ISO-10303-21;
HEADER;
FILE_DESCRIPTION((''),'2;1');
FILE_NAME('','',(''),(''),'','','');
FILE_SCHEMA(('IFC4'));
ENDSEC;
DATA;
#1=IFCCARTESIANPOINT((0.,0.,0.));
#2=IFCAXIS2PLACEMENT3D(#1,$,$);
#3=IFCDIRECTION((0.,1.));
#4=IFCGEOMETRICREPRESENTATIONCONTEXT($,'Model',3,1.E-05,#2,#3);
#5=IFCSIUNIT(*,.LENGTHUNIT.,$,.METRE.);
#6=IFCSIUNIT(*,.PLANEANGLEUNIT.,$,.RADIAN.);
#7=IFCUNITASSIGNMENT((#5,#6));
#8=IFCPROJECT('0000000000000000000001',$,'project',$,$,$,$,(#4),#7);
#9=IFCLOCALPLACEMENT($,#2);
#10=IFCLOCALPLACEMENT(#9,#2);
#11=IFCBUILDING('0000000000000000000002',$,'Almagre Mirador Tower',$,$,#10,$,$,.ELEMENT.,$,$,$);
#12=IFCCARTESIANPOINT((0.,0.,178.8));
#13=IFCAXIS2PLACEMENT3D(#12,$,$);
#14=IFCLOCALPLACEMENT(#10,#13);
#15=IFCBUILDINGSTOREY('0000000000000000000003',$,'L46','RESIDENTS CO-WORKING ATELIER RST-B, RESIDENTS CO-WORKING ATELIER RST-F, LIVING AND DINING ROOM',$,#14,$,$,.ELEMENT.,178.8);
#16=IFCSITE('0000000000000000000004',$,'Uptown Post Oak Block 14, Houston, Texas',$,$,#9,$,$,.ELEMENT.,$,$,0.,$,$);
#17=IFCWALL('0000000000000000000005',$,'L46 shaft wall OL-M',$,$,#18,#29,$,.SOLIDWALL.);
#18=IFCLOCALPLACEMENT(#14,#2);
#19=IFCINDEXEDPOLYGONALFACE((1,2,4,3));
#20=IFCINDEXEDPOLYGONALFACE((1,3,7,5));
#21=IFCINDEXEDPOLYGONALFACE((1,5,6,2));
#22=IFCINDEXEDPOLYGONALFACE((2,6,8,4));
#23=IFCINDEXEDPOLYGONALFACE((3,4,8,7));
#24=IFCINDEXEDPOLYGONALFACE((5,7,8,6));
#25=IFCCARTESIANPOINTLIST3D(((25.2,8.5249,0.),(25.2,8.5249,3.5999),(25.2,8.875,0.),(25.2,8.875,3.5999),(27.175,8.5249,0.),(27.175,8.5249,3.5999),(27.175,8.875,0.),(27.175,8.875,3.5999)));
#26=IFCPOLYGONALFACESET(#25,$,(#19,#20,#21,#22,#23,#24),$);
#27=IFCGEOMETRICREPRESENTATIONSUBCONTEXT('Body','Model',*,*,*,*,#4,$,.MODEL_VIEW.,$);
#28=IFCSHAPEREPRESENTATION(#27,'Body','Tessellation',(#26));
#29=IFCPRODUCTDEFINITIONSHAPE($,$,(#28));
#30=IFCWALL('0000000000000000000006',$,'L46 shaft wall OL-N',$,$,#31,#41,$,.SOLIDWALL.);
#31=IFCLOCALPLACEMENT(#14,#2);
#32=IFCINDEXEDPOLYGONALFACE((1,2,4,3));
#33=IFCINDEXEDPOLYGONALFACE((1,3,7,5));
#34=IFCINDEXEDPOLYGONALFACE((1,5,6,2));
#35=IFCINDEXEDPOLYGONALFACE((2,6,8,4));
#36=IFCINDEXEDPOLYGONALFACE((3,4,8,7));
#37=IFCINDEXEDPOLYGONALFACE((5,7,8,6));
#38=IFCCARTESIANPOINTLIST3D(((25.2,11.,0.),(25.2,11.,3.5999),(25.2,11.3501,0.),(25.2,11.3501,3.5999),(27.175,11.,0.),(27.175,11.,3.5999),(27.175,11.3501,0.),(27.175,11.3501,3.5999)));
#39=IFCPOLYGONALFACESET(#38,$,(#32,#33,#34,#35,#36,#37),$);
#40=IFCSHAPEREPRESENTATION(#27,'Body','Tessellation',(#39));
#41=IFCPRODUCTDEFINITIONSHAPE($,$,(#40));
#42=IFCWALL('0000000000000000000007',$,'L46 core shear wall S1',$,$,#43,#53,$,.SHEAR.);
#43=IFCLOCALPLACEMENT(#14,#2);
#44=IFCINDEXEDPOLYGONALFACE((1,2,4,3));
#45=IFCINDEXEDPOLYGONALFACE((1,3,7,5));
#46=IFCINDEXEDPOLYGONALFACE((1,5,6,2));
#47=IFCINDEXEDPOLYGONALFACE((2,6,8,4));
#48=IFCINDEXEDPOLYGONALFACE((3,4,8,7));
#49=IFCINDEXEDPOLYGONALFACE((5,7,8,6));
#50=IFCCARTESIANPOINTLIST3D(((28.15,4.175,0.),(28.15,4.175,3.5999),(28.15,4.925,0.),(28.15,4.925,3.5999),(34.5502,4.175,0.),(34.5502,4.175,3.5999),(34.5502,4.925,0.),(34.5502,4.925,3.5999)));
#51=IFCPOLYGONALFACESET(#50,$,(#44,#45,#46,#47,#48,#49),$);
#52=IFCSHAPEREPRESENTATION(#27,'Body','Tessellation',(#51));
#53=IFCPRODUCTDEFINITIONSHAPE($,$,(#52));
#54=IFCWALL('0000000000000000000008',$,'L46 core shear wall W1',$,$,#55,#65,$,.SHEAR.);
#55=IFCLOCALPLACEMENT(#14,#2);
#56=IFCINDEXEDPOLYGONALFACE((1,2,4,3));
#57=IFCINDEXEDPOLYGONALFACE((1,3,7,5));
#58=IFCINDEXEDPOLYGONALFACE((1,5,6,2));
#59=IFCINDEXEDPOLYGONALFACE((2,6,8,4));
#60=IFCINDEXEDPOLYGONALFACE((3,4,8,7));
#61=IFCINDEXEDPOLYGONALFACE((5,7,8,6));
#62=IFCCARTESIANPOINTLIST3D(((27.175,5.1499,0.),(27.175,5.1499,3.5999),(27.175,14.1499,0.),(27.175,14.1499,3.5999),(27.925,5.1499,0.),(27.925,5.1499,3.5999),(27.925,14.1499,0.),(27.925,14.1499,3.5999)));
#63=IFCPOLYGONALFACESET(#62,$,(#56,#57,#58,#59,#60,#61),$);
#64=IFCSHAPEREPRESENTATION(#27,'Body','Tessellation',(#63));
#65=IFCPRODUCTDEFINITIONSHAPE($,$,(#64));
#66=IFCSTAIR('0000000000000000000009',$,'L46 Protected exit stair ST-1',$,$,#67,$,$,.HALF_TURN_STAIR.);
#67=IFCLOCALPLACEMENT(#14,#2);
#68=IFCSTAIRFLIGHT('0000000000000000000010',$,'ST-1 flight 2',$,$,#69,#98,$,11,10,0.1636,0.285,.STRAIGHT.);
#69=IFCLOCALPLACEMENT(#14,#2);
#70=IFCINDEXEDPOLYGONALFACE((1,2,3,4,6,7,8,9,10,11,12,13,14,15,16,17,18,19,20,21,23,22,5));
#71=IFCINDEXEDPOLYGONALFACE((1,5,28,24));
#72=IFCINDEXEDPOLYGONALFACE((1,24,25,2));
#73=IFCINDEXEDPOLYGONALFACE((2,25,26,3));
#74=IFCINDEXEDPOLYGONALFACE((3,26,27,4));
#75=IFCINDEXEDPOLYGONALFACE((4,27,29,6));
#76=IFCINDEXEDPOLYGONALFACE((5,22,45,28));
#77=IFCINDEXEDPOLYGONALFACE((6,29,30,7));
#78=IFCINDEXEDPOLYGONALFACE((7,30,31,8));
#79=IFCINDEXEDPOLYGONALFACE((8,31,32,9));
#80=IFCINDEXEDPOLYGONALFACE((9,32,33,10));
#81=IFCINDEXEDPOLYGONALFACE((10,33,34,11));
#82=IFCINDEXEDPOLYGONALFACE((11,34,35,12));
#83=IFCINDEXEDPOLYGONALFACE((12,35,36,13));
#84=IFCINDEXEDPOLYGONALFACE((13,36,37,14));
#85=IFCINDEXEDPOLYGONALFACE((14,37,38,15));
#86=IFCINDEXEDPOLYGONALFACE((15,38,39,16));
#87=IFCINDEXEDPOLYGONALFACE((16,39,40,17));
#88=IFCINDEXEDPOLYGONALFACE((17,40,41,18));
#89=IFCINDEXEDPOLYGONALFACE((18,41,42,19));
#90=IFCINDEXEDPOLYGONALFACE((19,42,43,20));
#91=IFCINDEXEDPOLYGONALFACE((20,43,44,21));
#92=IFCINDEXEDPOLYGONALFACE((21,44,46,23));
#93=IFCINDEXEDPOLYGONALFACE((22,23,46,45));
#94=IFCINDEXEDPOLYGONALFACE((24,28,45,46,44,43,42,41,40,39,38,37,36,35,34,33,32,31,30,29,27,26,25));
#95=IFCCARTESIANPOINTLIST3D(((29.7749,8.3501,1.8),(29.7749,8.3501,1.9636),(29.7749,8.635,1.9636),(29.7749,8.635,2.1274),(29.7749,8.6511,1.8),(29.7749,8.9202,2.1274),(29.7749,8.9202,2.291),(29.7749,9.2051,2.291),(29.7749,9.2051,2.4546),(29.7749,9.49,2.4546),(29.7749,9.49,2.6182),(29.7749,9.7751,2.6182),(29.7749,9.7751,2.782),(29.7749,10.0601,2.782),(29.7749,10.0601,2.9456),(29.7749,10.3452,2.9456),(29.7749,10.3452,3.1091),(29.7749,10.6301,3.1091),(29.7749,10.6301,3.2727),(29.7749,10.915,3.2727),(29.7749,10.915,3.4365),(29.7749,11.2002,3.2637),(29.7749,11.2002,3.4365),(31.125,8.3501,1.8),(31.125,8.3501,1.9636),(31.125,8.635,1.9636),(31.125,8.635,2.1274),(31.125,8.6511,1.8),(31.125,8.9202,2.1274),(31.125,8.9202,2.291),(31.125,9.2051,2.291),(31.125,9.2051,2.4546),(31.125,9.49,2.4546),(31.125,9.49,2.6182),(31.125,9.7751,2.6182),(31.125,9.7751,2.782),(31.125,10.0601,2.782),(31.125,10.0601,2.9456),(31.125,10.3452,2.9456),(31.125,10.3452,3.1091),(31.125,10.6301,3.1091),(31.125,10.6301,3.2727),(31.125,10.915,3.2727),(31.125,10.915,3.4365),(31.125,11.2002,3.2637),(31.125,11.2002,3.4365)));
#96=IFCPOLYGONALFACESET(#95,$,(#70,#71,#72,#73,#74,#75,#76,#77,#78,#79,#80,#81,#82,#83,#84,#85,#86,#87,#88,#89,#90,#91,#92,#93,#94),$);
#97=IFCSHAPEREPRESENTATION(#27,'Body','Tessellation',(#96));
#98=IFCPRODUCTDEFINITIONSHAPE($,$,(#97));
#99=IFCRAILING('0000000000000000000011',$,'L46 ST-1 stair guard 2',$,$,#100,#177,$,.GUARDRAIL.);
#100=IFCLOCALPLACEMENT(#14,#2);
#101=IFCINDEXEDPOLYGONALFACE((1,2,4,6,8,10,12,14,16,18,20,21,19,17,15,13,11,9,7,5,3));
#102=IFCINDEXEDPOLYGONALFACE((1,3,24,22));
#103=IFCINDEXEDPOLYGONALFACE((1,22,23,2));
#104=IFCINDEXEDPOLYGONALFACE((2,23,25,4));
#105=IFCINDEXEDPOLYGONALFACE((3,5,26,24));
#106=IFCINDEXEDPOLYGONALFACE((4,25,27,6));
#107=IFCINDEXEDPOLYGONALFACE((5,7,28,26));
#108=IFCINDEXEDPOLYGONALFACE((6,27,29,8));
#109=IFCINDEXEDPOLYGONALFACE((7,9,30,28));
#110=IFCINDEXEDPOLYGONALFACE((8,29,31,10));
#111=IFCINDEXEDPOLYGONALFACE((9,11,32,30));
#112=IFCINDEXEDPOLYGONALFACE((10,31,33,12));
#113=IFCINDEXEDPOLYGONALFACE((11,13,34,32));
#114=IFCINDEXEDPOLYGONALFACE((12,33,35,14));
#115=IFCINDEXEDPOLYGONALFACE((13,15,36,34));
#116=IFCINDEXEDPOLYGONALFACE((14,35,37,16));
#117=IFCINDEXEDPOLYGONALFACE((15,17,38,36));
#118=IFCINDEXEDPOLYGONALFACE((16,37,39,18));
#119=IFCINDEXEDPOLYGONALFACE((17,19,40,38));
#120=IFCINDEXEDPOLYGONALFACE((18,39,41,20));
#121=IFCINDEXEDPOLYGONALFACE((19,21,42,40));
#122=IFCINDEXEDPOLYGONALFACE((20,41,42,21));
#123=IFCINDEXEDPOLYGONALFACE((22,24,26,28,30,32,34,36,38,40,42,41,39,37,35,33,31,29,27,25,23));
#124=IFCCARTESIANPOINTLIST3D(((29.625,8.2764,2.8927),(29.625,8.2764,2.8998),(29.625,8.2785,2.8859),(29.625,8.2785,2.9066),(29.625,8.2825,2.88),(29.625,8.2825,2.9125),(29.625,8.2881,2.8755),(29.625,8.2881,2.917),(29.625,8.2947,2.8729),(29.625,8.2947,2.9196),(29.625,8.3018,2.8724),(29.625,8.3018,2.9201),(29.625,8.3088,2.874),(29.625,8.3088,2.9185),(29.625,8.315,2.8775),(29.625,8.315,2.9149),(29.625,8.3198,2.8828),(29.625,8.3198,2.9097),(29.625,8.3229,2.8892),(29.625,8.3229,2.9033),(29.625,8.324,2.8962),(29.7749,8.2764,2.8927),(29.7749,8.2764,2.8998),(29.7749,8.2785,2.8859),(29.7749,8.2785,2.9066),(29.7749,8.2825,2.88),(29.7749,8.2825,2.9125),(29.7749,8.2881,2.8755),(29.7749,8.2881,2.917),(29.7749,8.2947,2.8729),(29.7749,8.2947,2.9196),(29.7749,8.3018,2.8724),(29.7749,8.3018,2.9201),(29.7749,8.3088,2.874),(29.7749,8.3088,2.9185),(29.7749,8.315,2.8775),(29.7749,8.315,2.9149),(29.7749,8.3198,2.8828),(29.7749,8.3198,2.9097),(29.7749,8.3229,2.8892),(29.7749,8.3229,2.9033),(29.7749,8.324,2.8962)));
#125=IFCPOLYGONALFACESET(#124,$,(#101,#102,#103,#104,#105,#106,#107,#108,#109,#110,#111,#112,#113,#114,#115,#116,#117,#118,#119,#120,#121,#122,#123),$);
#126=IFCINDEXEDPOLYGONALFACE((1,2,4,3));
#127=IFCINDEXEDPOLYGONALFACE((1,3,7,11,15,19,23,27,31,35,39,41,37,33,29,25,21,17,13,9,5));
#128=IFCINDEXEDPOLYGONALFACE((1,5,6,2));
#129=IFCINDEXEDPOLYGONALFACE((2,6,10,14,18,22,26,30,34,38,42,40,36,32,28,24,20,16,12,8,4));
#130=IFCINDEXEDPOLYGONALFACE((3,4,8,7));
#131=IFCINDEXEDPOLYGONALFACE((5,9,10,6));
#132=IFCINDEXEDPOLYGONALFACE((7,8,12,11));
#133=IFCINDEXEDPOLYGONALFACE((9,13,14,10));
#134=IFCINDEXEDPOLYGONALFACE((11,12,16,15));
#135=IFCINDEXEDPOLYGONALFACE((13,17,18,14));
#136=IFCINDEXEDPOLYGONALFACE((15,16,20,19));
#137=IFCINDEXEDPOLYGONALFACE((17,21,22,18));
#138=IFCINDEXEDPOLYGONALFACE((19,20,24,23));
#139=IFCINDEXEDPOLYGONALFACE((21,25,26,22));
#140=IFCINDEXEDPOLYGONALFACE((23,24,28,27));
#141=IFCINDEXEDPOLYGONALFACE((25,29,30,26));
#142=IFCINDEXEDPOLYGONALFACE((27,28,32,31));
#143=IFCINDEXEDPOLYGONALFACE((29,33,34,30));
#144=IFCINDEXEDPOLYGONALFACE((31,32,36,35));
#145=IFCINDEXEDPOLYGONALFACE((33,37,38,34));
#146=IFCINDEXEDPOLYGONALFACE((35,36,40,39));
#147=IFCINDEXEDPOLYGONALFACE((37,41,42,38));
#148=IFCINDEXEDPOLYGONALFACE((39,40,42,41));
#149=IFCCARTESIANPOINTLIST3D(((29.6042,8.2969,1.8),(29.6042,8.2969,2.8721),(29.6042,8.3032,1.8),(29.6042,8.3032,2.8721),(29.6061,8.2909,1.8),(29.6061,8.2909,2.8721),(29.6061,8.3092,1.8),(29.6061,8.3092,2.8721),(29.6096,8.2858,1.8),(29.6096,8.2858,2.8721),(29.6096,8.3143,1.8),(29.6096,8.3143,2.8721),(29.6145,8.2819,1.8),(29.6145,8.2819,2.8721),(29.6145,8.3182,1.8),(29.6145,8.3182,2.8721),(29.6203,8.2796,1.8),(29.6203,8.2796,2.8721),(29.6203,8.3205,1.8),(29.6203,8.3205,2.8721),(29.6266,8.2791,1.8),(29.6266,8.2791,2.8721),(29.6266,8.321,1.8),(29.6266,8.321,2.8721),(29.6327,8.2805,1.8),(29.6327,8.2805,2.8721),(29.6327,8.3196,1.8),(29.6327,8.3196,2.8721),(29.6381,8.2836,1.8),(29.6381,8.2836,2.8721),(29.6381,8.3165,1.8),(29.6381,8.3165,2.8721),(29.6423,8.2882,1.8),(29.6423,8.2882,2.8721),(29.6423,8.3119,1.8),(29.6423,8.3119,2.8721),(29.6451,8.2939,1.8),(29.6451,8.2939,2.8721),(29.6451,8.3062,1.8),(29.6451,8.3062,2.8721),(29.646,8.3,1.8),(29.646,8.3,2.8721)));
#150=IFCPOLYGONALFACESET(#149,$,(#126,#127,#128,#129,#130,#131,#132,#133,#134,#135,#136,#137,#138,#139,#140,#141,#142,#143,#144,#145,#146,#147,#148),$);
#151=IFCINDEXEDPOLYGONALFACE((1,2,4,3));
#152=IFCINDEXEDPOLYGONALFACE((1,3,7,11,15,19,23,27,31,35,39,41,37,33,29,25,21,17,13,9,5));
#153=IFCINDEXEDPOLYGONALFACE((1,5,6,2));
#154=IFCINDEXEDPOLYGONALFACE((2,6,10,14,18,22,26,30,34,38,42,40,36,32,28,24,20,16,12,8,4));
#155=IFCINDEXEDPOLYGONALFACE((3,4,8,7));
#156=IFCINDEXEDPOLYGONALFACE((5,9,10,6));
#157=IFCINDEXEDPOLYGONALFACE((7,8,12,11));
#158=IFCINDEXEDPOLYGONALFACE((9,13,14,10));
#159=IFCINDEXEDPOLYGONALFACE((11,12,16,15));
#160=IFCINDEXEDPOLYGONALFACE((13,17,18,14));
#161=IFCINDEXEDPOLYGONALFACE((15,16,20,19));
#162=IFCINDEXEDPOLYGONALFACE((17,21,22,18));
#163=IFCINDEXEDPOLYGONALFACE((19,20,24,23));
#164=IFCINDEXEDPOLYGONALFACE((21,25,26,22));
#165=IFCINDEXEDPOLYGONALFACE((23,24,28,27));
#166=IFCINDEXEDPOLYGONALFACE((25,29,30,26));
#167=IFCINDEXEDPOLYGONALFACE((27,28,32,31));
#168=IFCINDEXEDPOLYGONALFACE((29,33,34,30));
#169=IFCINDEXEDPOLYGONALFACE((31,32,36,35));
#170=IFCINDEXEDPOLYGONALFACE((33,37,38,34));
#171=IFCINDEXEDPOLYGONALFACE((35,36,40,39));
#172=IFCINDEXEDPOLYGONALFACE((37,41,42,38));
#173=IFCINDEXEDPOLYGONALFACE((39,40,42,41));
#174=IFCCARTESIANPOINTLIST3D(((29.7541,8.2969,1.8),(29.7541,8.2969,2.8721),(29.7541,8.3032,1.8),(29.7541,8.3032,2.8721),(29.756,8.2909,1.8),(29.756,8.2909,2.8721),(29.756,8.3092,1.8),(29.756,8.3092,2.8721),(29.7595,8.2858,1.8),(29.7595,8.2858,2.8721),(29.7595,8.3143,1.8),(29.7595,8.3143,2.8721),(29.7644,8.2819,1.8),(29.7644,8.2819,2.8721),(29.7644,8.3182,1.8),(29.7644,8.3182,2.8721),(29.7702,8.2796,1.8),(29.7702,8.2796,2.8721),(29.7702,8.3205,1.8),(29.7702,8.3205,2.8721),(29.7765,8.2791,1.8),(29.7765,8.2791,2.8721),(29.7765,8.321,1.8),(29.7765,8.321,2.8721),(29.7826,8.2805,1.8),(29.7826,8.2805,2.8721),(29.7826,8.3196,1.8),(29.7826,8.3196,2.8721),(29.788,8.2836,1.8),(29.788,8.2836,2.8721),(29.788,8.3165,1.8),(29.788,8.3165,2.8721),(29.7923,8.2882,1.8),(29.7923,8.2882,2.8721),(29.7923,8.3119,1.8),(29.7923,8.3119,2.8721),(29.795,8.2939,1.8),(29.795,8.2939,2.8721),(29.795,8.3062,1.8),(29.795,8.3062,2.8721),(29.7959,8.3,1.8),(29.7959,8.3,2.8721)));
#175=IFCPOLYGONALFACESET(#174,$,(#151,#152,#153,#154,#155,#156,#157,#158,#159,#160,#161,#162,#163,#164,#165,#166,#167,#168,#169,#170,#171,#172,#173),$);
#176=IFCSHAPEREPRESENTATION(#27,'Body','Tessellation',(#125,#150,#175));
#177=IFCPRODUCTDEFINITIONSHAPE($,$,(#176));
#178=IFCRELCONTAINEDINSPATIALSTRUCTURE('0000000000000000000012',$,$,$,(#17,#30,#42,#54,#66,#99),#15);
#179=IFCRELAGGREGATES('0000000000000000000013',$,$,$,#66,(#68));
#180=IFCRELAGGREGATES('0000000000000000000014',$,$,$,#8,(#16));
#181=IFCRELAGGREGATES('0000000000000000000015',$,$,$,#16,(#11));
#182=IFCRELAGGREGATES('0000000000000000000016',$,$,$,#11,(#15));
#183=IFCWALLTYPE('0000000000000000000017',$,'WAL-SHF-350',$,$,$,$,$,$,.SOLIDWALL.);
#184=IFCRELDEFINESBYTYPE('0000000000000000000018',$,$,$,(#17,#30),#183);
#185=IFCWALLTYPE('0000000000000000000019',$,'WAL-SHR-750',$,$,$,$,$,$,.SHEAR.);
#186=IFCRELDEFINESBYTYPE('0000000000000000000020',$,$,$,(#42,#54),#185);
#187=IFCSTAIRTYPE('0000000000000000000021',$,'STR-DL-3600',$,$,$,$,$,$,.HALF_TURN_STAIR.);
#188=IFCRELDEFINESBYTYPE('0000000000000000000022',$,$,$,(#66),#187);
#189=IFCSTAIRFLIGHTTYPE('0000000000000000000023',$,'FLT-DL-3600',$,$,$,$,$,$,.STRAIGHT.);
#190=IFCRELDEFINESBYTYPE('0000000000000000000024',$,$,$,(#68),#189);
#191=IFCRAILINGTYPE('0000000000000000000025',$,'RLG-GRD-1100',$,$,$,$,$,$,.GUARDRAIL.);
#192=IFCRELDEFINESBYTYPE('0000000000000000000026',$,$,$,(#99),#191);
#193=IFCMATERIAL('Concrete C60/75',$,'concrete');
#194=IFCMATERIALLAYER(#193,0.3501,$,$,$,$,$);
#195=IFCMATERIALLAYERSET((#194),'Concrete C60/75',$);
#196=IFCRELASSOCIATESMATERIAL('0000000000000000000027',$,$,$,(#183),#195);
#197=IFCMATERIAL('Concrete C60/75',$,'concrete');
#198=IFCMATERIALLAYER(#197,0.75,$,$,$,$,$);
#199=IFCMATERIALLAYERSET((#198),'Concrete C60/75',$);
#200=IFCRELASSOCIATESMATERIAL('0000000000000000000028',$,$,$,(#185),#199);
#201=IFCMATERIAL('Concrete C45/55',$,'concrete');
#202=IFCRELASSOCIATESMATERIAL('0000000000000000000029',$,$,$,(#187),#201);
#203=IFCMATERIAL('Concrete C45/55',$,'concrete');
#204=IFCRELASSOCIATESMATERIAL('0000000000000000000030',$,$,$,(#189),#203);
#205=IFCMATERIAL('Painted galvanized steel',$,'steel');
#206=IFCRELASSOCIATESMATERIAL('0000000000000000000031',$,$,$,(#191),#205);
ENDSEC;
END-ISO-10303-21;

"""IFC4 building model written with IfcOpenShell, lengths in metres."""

from ifc_helpers import new_model, si_unit, direction, frame, frame_2d, origin, origin_2d, place, context, subcontext, project, spatial, polyline, rectangle, circle, outline, extrude, material, layer, layer_set, type_object, element, aggregate, save


model = new_model("IFC4")

# Units and contexts
model_context = context("Model", 3, precision=1e-05, world=origin(), true_north=direction((0.0, 1.0)))
body_context = subcontext(model_context, "Body", "Model", "MODEL_VIEW")
ifc_project = project(units=[si_unit("LENGTHUNIT", "METRE"), si_unit("PLANEANGLEUNIT", "RADIAN")], contexts=[model_context])

# Site, building, storey
site_placement = place(None, origin())
site = spatial("IfcSite", under=ifc_project, at=site_placement, Name="Uptown Post Oak Block 14, Houston, Texas", CompositionType="ELEMENT", RefElevation=0.0)
building_placement = place(site_placement, origin())
building = spatial("IfcBuilding", under=site, at=building_placement, Name="Almagre Mirador Tower", CompositionType="ELEMENT")
storey_placement = place(building_placement, frame((0.0, 0.0, 178.8)))
storey = spatial("IfcBuildingStorey", under=building, at=storey_placement, Name="L46", Description="RESIDENTS CO-WORKING ATELIER RST-B, RESIDENTS CO-WORKING ATELIER RST-F, LIVING AND DINING ROOM", CompositionType="ELEMENT", Elevation=178.8)

# Shared definitions
ifc_material_1 = material(Name="Concrete C60/75", Category="concrete")
ifc_layer_1 = layer(ifc_material_1, 0.3501)
ifc_layer_set_1 = layer_set([ifc_layer_1], Name="Concrete C60/75")
wall_type_1 = type_object("IfcWallType", Name="WAL-SHF-350", PredefinedType="SOLIDWALL", material=ifc_layer_set_1)

# Walls
for number, where, z_axis, x_axis, name in (
    (1, (25.2, 8.7, 0.0), (0.0, 0.0, 1.0), (1.0, 0.0, 0.0), "L46 shaft wall OL-M"),
    (2, (25.2, 11.175, 0.0), (0.0, 0.0, 1.0), (1.0, 0.0, 0.0), "L46 shaft wall OL-N"),
):
    element("IfcWall", number, at=place(storey_placement, frame(where, z_axis=z_axis, x_axis=x_axis)), inside=storey, type_object=wall_type_1, Name=name, PredefinedType="SOLIDWALL", context=body_context, shape_type="SweptSolid", body=[
        extrude(rectangle(XDim=1.9751, YDim=0.3501, at=frame_2d((0.9875, 0.0))), origin(), (0.0, 0.0, 1.0), 3.5999),
    ])
ifc_material_2 = material(Name="Concrete C60/75", Category="concrete")
ifc_layer_2 = layer(ifc_material_2, 0.75)
ifc_layer_set_2 = layer_set([ifc_layer_2], Name="Concrete C60/75")
wall_type_2 = type_object("IfcWallType", Name="WAL-SHR-750", PredefinedType="SHEAR", material=ifc_layer_set_2)
wall_1_placement = place(storey_placement, frame((28.1499, 4.55, 0.0), z_axis=(0.0, 0.0, 1.0), x_axis=(1.0, 0.0, 0.0)))
element("IfcWall", 3, at=wall_1_placement, inside=storey, type_object=wall_type_2, Name="L46 core shear wall S1", PredefinedType="SHEAR", context=body_context, shape_type="SweptSolid", body=[
    extrude(rectangle(XDim=6.4001, YDim=0.75, at=frame_2d((3.2002, 0.0))), origin(), (0.0, 0.0, 1.0), 3.5999),
])
wall_2_placement = place(storey_placement, frame((27.55, 5.1499, 0.0), z_axis=(0.0, 0.0, 1.0), x_axis=(0.0, 1.0, 0.0)))
element("IfcWall", 4, at=wall_2_placement, inside=storey, type_object=wall_type_2, Name="L46 core shear wall W1", PredefinedType="SHEAR", context=body_context, shape_type="SweptSolid", body=[
    extrude(rectangle(XDim=9.0, YDim=0.75, at=frame_2d((4.5, 0.0))), origin(), (0.0, 0.0, 1.0), 3.5999),
])

# Stair, stair flight
ifc_material_3 = material(Name="Concrete C45/55", Category="concrete")
stair_type = type_object("IfcStairType", Name="STR-DL-3600", PredefinedType="HALF_TURN_STAIR", material=ifc_material_3)
stair_placement = place(storey_placement, origin())
stair = element("IfcStair", 5, at=stair_placement, inside=storey, type_object=stair_type, Name="L46 Protected exit stair ST-1", PredefinedType="HALF_TURN_STAIR")
ifc_material_4 = material(Name="Concrete C45/55", Category="concrete")
stair_flight_type = type_object("IfcStairFlightType", Name="FLT-DL-3600", PredefinedType="STRAIGHT", material=ifc_material_4)
stair_flight_placement = place(storey_placement, frame((30.45, 8.3501, 1.8), z_axis=(0.0, 0.0, 1.0), x_axis=(0.0, 1.0, 0.0)))
stair_flight = element("IfcStairFlight", 6, at=stair_flight_placement, type_object=stair_flight_type, Name="ST-1 flight 2", NumberOfRisers=11, NumberOfTreads=10, PredefinedType="STRAIGHT", RiserHeight=0.1636, TreadLength=0.285, context=body_context, shape_type="SweptSolid", body=[
    extrude(outline(polyline([(0.0, 0.0), (0.0, 0.1636), (0.2849, 0.1636), (0.2849, 0.3274), (0.5701, 0.3274), (0.5701, 0.491), (0.855, 0.491), (0.855, 0.6545), (1.1399, 0.6545), (1.1399, 0.8181), (1.425, 0.8181), (1.425, 0.9819), (1.71, 0.9819), (1.71, 1.1455), (1.9951, 1.1455), (1.9951, 1.3091), (2.28, 1.3091), (2.28, 1.4727), (2.5649, 1.4727), (2.5649, 1.6365), (2.8501, 1.6365), (2.8501, 1.8), (2.8501, 1.4636), (0.301, 0.0), (0.0, 0.0)])), frame((0.0, 0.675, 0.0), z_axis=(0.0, -1.0, 0.0), x_axis=(1.0, 0.0, 0.0)), (0.0, 0.0, 1.0), 1.3501),
])
aggregate(stair, [stair_flight])

# Railing
ifc_material_5 = material(Name="Painted galvanized steel", Category="steel")
railing_type_1 = type_object("IfcRailingType", Name="RLG-GRD-1100", PredefinedType="GUARDRAIL", material=ifc_material_5)
railing_1_placement = place(storey_placement, frame((29.625, 8.3, 1.8)))
element("IfcRailing", 7, at=railing_1_placement, inside=storey, type_object=railing_type_1, Name="L46 ST-1 stair guard 2", PredefinedType="GUARDRAIL", context=body_context, shape_type="SweptSolid", body=[
    extrude(circle(Radius=0.0239, at=origin_2d()), frame((0.0, 0.0, 1.0962), z_axis=(1.0, 0.0, 0.0), x_axis=(0.0, 1.0, 0.0)), (0.0, 0.0, 1.0), 0.1499),
    extrude(circle(Radius=0.021, at=origin_2d()), origin(), (0.0, 0.0, 1.0), 1.072),
    extrude(circle(Radius=0.021, at=origin_2d()), frame((0.1499, 0.0, 0.0)), (0.0, 0.0, 1.0), 1.072),
])

save(model, "model.ifc")
